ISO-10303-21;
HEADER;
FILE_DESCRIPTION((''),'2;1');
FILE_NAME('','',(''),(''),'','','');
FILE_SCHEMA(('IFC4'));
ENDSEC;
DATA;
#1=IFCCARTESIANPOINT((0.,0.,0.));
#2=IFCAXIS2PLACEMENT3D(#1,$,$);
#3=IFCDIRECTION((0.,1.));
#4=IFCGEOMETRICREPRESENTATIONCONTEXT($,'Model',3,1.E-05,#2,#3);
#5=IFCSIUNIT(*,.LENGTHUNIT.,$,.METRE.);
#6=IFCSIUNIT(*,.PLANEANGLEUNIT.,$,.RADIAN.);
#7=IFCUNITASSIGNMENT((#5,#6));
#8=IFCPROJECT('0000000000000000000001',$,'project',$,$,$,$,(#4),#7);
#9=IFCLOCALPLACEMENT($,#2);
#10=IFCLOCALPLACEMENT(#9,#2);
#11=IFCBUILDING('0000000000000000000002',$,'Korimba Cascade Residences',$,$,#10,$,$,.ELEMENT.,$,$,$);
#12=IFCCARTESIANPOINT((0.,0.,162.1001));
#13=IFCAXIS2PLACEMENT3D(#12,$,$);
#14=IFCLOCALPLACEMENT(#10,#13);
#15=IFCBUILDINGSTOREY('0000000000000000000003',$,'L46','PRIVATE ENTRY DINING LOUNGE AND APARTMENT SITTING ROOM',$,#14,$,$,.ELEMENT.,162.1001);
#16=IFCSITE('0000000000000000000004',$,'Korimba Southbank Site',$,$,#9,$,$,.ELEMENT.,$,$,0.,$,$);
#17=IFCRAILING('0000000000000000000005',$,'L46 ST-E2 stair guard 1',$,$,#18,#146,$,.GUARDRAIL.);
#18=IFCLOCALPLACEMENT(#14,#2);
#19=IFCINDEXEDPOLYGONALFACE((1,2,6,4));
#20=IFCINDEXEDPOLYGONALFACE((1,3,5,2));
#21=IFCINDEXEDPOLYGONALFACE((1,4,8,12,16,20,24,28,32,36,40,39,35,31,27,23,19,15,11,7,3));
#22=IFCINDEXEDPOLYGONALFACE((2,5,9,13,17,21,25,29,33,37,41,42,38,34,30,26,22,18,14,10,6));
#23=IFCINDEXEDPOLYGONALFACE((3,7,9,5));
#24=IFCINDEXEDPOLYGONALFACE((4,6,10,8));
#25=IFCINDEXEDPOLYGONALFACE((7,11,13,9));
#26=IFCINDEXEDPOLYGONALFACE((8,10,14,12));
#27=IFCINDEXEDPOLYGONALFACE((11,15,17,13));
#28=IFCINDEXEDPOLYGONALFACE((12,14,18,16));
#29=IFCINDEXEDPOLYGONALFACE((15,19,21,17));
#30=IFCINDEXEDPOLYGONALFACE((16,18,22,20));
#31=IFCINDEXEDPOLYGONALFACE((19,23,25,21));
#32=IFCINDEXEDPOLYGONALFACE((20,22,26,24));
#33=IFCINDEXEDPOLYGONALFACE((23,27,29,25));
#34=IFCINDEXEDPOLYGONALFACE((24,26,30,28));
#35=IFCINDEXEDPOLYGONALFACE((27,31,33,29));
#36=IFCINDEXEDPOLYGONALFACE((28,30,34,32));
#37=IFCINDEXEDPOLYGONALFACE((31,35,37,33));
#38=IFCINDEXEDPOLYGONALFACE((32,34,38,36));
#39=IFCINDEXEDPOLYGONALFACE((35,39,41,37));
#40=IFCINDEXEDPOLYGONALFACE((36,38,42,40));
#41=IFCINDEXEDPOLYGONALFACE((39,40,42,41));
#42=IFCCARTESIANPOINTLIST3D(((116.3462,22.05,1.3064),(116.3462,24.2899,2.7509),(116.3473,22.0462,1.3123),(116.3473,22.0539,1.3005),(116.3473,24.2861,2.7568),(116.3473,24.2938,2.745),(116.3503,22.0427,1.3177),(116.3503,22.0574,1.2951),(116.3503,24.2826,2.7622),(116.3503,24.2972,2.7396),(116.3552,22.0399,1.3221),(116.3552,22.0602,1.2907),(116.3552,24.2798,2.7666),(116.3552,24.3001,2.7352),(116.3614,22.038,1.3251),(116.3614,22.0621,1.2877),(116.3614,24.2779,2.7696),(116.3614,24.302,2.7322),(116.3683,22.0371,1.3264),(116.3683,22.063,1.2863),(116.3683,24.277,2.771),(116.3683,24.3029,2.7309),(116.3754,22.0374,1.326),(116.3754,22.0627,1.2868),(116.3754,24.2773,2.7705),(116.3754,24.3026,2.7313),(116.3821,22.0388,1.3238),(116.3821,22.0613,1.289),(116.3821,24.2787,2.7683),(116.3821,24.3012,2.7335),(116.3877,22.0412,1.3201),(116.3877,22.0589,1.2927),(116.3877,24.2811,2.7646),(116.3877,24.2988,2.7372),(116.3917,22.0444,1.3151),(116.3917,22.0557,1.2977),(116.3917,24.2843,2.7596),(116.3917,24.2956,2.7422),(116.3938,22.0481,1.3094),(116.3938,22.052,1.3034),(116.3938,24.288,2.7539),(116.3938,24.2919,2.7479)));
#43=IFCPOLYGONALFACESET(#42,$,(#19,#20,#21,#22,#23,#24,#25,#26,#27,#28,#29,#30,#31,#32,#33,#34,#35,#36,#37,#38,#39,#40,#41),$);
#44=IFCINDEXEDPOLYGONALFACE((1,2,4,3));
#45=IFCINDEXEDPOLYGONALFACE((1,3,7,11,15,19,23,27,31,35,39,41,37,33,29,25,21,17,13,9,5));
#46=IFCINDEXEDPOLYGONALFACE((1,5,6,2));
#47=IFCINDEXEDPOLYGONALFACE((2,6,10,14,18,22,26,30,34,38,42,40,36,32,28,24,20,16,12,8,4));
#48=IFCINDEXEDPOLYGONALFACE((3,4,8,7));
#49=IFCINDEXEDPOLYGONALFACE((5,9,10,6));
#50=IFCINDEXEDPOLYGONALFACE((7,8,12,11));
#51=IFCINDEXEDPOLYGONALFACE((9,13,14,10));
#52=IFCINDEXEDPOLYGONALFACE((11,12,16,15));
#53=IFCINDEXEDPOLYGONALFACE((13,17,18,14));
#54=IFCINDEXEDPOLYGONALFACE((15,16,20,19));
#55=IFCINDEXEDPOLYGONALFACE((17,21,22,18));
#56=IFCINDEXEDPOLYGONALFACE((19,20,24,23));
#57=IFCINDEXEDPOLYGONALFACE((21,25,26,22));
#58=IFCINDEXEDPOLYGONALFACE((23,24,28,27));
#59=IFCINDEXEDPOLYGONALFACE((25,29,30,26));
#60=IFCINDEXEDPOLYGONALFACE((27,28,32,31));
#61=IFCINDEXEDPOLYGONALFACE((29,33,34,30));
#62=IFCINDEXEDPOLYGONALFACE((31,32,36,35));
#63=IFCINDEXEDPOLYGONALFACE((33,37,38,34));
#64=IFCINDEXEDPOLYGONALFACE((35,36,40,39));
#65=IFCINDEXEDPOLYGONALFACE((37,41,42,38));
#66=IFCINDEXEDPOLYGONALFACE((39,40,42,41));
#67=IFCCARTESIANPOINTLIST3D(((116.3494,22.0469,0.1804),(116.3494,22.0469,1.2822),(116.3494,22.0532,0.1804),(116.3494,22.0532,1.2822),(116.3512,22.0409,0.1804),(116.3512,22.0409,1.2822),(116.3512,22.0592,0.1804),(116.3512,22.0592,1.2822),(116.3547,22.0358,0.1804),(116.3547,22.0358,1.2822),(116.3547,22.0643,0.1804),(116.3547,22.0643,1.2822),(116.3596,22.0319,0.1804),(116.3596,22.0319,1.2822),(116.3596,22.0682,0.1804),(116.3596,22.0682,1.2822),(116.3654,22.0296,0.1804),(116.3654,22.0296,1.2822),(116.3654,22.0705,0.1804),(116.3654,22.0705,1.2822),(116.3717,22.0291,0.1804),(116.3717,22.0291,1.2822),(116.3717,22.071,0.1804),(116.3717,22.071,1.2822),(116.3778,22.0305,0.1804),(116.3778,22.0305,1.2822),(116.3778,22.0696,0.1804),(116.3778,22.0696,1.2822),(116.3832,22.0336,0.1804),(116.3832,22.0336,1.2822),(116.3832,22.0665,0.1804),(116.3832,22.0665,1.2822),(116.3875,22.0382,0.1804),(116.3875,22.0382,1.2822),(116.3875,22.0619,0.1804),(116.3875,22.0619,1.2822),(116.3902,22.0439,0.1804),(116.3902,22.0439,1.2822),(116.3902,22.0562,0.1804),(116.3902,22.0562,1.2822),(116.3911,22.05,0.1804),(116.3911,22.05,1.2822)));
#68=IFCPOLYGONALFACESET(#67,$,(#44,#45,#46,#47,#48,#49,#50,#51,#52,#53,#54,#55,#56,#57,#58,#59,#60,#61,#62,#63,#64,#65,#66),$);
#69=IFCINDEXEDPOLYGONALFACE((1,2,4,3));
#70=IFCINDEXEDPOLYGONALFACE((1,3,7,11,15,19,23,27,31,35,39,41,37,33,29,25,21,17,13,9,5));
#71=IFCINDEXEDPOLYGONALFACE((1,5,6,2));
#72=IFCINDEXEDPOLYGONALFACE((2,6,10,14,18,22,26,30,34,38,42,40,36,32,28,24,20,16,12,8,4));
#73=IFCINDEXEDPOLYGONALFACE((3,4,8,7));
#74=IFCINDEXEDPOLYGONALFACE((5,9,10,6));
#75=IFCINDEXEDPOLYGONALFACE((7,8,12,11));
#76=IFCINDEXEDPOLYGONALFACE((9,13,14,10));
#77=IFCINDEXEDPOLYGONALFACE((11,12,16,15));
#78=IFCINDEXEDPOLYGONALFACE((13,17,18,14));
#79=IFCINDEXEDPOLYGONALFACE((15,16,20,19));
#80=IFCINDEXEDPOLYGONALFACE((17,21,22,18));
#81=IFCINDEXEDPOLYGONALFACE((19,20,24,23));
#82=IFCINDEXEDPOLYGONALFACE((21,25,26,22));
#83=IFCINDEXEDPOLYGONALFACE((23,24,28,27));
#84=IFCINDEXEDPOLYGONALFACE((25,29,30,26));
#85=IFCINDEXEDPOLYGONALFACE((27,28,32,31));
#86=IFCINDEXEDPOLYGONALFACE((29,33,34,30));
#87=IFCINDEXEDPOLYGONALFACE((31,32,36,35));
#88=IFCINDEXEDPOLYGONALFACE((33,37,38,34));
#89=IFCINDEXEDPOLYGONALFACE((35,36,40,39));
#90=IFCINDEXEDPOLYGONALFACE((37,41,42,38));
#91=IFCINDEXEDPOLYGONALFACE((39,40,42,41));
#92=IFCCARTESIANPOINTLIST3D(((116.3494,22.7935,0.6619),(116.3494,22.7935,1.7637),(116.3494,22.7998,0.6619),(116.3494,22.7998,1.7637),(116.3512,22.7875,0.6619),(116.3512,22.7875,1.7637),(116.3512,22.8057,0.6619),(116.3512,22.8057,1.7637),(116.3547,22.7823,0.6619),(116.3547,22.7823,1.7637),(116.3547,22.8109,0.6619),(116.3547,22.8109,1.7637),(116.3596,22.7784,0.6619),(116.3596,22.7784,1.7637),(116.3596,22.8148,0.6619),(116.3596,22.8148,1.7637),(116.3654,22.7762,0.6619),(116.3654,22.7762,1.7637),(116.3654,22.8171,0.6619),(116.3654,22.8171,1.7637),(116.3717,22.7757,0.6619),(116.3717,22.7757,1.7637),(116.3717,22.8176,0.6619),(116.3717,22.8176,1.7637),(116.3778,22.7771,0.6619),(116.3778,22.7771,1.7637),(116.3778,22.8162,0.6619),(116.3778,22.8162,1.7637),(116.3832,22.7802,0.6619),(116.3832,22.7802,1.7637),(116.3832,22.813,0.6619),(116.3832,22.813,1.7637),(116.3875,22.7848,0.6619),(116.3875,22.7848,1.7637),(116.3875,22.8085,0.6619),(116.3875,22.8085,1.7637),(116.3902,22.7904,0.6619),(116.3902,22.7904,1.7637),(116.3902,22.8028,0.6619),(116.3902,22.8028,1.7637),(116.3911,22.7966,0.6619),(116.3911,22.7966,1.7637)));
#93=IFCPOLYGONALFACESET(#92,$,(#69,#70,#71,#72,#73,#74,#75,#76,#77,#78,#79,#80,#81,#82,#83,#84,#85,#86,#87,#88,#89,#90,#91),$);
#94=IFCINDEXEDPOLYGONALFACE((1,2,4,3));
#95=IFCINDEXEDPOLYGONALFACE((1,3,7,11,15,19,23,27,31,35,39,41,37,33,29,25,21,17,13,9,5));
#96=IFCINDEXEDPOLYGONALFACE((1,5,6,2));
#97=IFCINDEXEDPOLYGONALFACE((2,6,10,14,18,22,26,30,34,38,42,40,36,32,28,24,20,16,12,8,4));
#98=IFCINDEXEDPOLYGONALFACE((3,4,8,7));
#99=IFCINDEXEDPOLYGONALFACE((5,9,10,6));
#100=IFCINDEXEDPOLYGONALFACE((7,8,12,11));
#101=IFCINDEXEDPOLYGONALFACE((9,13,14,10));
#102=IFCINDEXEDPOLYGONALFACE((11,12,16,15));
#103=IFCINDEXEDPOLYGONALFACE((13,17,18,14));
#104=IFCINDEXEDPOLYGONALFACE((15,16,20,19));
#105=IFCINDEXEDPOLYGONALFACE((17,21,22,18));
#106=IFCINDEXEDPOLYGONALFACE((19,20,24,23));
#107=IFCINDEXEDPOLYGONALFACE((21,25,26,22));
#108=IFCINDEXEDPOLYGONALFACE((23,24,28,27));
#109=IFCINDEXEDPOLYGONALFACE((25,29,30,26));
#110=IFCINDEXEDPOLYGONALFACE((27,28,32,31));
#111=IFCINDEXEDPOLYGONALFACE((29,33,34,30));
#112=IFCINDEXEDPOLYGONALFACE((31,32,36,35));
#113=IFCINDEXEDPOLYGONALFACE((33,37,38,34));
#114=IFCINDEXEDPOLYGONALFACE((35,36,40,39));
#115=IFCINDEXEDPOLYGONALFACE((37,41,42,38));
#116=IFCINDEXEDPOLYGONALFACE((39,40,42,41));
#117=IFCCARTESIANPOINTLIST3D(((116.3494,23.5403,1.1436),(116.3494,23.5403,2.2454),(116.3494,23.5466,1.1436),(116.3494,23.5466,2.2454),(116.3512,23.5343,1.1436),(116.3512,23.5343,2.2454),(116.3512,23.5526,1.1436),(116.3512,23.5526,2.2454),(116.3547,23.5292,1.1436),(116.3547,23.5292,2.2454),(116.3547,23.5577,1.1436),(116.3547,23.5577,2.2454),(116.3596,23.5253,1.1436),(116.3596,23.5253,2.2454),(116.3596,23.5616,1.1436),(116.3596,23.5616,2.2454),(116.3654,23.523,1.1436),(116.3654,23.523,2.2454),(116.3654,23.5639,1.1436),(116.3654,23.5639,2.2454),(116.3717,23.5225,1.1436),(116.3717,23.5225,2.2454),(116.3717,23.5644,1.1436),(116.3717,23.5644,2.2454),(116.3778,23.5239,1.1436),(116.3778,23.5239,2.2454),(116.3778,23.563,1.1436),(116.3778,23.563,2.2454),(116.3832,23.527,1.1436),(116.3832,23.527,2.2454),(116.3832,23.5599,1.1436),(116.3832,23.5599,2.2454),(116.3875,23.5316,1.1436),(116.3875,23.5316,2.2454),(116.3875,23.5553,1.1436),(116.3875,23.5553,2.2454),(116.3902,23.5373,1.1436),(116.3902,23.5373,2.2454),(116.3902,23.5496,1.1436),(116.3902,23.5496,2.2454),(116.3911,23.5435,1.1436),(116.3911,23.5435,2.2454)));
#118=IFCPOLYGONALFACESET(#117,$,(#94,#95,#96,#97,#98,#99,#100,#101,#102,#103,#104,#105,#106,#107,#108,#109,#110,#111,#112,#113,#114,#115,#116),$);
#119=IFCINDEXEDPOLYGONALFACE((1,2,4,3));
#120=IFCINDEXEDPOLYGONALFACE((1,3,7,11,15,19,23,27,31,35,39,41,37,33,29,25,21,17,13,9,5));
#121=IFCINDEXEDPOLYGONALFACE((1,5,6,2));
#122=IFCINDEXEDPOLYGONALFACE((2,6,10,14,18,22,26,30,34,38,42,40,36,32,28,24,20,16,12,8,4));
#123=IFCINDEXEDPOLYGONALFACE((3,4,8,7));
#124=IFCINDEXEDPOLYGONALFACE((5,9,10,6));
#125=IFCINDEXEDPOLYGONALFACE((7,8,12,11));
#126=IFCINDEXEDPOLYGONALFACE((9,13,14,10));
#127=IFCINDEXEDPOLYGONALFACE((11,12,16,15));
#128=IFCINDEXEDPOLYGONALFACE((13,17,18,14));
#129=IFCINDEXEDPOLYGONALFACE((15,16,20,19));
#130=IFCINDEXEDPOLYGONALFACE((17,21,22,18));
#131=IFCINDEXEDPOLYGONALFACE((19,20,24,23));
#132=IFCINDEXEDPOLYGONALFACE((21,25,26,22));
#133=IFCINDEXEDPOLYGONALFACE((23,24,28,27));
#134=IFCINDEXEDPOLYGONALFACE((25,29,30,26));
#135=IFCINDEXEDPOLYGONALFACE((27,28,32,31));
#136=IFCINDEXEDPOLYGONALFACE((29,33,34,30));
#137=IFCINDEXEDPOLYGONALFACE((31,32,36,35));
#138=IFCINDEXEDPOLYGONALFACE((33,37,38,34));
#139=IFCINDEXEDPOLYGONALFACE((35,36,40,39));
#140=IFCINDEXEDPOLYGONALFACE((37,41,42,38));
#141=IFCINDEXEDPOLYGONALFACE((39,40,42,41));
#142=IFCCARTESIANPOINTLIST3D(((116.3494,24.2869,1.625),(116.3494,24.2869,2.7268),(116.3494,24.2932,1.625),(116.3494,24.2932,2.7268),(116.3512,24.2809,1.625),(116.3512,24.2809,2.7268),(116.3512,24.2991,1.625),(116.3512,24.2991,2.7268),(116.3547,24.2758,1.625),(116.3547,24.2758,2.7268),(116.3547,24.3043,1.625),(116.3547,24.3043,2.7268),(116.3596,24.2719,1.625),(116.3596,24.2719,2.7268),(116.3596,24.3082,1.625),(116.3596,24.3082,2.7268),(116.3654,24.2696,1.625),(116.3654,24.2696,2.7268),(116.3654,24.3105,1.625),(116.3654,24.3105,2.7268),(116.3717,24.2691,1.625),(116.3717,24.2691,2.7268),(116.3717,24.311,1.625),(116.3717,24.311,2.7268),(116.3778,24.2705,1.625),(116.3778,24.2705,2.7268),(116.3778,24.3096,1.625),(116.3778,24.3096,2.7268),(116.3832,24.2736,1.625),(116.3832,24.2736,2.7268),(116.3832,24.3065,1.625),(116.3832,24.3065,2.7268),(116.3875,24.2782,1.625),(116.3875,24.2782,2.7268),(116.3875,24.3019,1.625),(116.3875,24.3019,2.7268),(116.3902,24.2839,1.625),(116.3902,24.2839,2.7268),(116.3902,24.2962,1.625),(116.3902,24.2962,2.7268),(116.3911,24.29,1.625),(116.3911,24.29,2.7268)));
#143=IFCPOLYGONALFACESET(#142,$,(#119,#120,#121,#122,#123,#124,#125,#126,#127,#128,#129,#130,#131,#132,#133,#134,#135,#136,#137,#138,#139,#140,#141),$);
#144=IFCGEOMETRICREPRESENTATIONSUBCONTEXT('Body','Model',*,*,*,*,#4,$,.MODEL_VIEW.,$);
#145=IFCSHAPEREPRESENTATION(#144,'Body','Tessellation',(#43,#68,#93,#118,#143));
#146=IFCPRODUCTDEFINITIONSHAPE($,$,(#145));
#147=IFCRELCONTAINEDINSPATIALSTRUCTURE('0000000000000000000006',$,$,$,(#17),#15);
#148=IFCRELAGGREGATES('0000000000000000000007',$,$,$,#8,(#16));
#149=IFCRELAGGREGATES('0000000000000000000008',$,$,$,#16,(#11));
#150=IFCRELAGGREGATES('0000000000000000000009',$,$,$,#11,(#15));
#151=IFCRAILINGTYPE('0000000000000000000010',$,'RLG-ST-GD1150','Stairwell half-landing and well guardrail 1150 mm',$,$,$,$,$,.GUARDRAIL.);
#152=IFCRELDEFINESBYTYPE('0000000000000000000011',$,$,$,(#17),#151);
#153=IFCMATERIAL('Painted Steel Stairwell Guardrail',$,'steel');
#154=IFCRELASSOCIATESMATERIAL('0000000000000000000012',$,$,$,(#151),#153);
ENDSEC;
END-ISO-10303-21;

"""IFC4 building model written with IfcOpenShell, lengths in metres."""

from ifc_helpers import new_model, si_unit, direction, frame, origin, origin_2d, place, context, subcontext, project, spatial, circle, extrude, material, type_object, element, save


model = new_model("IFC4")

# Units and contexts
model_context = context("Model", 3, precision=1e-05, world=origin(), true_north=direction((0.0, 1.0)))
body_context = subcontext(model_context, "Body", "Model", "MODEL_VIEW")
ifc_project = project(units=[si_unit("LENGTHUNIT", "METRE"), si_unit("PLANEANGLEUNIT", "RADIAN")], contexts=[model_context])

# Site, building, storey
site_placement = place(None, origin())
site = spatial("IfcSite", under=ifc_project, at=site_placement, Name="Korimba Southbank Site", CompositionType="ELEMENT", RefElevation=0.0)
building_placement = place(site_placement, origin())
building = spatial("IfcBuilding", under=site, at=building_placement, Name="Korimba Cascade Residences", CompositionType="ELEMENT")
storey_placement = place(building_placement, frame((0.0, 0.0, 162.1001)))
storey = spatial("IfcBuildingStorey", under=building, at=storey_placement, Name="L46", Description="PRIVATE ENTRY DINING LOUNGE AND APARTMENT SITTING ROOM", CompositionType="ELEMENT", Elevation=162.1001)

# Railing
ifc_material_1 = material(Name="Painted Steel Stairwell Guardrail", Category="steel")
railing_type_1 = type_object("IfcRailingType", Name="RLG-ST-GD1150", Description="Stairwell half-landing and well guardrail 1150 mm", PredefinedType="GUARDRAIL", material=ifc_material_1)
railing_1_placement = place(storey_placement, frame((116.3701, 22.05, 0.1804)))
element("IfcRailing", 1, at=railing_1_placement, inside=storey, type_object=railing_type_1, Name="L46 ST-E2 stair guard 1", PredefinedType="GUARDRAIL", context=body_context, shape_type="SweptSolid", body=[
    extrude(circle(Radius=0.0239, at=origin_2d()), frame((0.0, 0.0, 1.126), z_axis=(0.0, 0.840395, 0.541975), x_axis=(-1.0, 0.0, 0.0)), (0.0, 0.0, 1.0), 2.6653),
    extrude(circle(Radius=0.021, at=origin_2d()), origin(), (0.0, 0.0, 1.0), 1.1018),
    extrude(circle(Radius=0.021, at=origin_2d()), frame((0.0, 0.7466, 0.4814)), (0.0, 0.0, 1.0), 1.1018),
    extrude(circle(Radius=0.021, at=origin_2d()), frame((0.0, 1.4934, 0.9631)), (0.0, 0.0, 1.0), 1.1018),
    extrude(circle(Radius=0.021, at=origin_2d()), frame((0.0, 2.24, 1.4446)), (0.0, 0.0, 1.0), 1.1018),
])

save(model, "model.ifc")
